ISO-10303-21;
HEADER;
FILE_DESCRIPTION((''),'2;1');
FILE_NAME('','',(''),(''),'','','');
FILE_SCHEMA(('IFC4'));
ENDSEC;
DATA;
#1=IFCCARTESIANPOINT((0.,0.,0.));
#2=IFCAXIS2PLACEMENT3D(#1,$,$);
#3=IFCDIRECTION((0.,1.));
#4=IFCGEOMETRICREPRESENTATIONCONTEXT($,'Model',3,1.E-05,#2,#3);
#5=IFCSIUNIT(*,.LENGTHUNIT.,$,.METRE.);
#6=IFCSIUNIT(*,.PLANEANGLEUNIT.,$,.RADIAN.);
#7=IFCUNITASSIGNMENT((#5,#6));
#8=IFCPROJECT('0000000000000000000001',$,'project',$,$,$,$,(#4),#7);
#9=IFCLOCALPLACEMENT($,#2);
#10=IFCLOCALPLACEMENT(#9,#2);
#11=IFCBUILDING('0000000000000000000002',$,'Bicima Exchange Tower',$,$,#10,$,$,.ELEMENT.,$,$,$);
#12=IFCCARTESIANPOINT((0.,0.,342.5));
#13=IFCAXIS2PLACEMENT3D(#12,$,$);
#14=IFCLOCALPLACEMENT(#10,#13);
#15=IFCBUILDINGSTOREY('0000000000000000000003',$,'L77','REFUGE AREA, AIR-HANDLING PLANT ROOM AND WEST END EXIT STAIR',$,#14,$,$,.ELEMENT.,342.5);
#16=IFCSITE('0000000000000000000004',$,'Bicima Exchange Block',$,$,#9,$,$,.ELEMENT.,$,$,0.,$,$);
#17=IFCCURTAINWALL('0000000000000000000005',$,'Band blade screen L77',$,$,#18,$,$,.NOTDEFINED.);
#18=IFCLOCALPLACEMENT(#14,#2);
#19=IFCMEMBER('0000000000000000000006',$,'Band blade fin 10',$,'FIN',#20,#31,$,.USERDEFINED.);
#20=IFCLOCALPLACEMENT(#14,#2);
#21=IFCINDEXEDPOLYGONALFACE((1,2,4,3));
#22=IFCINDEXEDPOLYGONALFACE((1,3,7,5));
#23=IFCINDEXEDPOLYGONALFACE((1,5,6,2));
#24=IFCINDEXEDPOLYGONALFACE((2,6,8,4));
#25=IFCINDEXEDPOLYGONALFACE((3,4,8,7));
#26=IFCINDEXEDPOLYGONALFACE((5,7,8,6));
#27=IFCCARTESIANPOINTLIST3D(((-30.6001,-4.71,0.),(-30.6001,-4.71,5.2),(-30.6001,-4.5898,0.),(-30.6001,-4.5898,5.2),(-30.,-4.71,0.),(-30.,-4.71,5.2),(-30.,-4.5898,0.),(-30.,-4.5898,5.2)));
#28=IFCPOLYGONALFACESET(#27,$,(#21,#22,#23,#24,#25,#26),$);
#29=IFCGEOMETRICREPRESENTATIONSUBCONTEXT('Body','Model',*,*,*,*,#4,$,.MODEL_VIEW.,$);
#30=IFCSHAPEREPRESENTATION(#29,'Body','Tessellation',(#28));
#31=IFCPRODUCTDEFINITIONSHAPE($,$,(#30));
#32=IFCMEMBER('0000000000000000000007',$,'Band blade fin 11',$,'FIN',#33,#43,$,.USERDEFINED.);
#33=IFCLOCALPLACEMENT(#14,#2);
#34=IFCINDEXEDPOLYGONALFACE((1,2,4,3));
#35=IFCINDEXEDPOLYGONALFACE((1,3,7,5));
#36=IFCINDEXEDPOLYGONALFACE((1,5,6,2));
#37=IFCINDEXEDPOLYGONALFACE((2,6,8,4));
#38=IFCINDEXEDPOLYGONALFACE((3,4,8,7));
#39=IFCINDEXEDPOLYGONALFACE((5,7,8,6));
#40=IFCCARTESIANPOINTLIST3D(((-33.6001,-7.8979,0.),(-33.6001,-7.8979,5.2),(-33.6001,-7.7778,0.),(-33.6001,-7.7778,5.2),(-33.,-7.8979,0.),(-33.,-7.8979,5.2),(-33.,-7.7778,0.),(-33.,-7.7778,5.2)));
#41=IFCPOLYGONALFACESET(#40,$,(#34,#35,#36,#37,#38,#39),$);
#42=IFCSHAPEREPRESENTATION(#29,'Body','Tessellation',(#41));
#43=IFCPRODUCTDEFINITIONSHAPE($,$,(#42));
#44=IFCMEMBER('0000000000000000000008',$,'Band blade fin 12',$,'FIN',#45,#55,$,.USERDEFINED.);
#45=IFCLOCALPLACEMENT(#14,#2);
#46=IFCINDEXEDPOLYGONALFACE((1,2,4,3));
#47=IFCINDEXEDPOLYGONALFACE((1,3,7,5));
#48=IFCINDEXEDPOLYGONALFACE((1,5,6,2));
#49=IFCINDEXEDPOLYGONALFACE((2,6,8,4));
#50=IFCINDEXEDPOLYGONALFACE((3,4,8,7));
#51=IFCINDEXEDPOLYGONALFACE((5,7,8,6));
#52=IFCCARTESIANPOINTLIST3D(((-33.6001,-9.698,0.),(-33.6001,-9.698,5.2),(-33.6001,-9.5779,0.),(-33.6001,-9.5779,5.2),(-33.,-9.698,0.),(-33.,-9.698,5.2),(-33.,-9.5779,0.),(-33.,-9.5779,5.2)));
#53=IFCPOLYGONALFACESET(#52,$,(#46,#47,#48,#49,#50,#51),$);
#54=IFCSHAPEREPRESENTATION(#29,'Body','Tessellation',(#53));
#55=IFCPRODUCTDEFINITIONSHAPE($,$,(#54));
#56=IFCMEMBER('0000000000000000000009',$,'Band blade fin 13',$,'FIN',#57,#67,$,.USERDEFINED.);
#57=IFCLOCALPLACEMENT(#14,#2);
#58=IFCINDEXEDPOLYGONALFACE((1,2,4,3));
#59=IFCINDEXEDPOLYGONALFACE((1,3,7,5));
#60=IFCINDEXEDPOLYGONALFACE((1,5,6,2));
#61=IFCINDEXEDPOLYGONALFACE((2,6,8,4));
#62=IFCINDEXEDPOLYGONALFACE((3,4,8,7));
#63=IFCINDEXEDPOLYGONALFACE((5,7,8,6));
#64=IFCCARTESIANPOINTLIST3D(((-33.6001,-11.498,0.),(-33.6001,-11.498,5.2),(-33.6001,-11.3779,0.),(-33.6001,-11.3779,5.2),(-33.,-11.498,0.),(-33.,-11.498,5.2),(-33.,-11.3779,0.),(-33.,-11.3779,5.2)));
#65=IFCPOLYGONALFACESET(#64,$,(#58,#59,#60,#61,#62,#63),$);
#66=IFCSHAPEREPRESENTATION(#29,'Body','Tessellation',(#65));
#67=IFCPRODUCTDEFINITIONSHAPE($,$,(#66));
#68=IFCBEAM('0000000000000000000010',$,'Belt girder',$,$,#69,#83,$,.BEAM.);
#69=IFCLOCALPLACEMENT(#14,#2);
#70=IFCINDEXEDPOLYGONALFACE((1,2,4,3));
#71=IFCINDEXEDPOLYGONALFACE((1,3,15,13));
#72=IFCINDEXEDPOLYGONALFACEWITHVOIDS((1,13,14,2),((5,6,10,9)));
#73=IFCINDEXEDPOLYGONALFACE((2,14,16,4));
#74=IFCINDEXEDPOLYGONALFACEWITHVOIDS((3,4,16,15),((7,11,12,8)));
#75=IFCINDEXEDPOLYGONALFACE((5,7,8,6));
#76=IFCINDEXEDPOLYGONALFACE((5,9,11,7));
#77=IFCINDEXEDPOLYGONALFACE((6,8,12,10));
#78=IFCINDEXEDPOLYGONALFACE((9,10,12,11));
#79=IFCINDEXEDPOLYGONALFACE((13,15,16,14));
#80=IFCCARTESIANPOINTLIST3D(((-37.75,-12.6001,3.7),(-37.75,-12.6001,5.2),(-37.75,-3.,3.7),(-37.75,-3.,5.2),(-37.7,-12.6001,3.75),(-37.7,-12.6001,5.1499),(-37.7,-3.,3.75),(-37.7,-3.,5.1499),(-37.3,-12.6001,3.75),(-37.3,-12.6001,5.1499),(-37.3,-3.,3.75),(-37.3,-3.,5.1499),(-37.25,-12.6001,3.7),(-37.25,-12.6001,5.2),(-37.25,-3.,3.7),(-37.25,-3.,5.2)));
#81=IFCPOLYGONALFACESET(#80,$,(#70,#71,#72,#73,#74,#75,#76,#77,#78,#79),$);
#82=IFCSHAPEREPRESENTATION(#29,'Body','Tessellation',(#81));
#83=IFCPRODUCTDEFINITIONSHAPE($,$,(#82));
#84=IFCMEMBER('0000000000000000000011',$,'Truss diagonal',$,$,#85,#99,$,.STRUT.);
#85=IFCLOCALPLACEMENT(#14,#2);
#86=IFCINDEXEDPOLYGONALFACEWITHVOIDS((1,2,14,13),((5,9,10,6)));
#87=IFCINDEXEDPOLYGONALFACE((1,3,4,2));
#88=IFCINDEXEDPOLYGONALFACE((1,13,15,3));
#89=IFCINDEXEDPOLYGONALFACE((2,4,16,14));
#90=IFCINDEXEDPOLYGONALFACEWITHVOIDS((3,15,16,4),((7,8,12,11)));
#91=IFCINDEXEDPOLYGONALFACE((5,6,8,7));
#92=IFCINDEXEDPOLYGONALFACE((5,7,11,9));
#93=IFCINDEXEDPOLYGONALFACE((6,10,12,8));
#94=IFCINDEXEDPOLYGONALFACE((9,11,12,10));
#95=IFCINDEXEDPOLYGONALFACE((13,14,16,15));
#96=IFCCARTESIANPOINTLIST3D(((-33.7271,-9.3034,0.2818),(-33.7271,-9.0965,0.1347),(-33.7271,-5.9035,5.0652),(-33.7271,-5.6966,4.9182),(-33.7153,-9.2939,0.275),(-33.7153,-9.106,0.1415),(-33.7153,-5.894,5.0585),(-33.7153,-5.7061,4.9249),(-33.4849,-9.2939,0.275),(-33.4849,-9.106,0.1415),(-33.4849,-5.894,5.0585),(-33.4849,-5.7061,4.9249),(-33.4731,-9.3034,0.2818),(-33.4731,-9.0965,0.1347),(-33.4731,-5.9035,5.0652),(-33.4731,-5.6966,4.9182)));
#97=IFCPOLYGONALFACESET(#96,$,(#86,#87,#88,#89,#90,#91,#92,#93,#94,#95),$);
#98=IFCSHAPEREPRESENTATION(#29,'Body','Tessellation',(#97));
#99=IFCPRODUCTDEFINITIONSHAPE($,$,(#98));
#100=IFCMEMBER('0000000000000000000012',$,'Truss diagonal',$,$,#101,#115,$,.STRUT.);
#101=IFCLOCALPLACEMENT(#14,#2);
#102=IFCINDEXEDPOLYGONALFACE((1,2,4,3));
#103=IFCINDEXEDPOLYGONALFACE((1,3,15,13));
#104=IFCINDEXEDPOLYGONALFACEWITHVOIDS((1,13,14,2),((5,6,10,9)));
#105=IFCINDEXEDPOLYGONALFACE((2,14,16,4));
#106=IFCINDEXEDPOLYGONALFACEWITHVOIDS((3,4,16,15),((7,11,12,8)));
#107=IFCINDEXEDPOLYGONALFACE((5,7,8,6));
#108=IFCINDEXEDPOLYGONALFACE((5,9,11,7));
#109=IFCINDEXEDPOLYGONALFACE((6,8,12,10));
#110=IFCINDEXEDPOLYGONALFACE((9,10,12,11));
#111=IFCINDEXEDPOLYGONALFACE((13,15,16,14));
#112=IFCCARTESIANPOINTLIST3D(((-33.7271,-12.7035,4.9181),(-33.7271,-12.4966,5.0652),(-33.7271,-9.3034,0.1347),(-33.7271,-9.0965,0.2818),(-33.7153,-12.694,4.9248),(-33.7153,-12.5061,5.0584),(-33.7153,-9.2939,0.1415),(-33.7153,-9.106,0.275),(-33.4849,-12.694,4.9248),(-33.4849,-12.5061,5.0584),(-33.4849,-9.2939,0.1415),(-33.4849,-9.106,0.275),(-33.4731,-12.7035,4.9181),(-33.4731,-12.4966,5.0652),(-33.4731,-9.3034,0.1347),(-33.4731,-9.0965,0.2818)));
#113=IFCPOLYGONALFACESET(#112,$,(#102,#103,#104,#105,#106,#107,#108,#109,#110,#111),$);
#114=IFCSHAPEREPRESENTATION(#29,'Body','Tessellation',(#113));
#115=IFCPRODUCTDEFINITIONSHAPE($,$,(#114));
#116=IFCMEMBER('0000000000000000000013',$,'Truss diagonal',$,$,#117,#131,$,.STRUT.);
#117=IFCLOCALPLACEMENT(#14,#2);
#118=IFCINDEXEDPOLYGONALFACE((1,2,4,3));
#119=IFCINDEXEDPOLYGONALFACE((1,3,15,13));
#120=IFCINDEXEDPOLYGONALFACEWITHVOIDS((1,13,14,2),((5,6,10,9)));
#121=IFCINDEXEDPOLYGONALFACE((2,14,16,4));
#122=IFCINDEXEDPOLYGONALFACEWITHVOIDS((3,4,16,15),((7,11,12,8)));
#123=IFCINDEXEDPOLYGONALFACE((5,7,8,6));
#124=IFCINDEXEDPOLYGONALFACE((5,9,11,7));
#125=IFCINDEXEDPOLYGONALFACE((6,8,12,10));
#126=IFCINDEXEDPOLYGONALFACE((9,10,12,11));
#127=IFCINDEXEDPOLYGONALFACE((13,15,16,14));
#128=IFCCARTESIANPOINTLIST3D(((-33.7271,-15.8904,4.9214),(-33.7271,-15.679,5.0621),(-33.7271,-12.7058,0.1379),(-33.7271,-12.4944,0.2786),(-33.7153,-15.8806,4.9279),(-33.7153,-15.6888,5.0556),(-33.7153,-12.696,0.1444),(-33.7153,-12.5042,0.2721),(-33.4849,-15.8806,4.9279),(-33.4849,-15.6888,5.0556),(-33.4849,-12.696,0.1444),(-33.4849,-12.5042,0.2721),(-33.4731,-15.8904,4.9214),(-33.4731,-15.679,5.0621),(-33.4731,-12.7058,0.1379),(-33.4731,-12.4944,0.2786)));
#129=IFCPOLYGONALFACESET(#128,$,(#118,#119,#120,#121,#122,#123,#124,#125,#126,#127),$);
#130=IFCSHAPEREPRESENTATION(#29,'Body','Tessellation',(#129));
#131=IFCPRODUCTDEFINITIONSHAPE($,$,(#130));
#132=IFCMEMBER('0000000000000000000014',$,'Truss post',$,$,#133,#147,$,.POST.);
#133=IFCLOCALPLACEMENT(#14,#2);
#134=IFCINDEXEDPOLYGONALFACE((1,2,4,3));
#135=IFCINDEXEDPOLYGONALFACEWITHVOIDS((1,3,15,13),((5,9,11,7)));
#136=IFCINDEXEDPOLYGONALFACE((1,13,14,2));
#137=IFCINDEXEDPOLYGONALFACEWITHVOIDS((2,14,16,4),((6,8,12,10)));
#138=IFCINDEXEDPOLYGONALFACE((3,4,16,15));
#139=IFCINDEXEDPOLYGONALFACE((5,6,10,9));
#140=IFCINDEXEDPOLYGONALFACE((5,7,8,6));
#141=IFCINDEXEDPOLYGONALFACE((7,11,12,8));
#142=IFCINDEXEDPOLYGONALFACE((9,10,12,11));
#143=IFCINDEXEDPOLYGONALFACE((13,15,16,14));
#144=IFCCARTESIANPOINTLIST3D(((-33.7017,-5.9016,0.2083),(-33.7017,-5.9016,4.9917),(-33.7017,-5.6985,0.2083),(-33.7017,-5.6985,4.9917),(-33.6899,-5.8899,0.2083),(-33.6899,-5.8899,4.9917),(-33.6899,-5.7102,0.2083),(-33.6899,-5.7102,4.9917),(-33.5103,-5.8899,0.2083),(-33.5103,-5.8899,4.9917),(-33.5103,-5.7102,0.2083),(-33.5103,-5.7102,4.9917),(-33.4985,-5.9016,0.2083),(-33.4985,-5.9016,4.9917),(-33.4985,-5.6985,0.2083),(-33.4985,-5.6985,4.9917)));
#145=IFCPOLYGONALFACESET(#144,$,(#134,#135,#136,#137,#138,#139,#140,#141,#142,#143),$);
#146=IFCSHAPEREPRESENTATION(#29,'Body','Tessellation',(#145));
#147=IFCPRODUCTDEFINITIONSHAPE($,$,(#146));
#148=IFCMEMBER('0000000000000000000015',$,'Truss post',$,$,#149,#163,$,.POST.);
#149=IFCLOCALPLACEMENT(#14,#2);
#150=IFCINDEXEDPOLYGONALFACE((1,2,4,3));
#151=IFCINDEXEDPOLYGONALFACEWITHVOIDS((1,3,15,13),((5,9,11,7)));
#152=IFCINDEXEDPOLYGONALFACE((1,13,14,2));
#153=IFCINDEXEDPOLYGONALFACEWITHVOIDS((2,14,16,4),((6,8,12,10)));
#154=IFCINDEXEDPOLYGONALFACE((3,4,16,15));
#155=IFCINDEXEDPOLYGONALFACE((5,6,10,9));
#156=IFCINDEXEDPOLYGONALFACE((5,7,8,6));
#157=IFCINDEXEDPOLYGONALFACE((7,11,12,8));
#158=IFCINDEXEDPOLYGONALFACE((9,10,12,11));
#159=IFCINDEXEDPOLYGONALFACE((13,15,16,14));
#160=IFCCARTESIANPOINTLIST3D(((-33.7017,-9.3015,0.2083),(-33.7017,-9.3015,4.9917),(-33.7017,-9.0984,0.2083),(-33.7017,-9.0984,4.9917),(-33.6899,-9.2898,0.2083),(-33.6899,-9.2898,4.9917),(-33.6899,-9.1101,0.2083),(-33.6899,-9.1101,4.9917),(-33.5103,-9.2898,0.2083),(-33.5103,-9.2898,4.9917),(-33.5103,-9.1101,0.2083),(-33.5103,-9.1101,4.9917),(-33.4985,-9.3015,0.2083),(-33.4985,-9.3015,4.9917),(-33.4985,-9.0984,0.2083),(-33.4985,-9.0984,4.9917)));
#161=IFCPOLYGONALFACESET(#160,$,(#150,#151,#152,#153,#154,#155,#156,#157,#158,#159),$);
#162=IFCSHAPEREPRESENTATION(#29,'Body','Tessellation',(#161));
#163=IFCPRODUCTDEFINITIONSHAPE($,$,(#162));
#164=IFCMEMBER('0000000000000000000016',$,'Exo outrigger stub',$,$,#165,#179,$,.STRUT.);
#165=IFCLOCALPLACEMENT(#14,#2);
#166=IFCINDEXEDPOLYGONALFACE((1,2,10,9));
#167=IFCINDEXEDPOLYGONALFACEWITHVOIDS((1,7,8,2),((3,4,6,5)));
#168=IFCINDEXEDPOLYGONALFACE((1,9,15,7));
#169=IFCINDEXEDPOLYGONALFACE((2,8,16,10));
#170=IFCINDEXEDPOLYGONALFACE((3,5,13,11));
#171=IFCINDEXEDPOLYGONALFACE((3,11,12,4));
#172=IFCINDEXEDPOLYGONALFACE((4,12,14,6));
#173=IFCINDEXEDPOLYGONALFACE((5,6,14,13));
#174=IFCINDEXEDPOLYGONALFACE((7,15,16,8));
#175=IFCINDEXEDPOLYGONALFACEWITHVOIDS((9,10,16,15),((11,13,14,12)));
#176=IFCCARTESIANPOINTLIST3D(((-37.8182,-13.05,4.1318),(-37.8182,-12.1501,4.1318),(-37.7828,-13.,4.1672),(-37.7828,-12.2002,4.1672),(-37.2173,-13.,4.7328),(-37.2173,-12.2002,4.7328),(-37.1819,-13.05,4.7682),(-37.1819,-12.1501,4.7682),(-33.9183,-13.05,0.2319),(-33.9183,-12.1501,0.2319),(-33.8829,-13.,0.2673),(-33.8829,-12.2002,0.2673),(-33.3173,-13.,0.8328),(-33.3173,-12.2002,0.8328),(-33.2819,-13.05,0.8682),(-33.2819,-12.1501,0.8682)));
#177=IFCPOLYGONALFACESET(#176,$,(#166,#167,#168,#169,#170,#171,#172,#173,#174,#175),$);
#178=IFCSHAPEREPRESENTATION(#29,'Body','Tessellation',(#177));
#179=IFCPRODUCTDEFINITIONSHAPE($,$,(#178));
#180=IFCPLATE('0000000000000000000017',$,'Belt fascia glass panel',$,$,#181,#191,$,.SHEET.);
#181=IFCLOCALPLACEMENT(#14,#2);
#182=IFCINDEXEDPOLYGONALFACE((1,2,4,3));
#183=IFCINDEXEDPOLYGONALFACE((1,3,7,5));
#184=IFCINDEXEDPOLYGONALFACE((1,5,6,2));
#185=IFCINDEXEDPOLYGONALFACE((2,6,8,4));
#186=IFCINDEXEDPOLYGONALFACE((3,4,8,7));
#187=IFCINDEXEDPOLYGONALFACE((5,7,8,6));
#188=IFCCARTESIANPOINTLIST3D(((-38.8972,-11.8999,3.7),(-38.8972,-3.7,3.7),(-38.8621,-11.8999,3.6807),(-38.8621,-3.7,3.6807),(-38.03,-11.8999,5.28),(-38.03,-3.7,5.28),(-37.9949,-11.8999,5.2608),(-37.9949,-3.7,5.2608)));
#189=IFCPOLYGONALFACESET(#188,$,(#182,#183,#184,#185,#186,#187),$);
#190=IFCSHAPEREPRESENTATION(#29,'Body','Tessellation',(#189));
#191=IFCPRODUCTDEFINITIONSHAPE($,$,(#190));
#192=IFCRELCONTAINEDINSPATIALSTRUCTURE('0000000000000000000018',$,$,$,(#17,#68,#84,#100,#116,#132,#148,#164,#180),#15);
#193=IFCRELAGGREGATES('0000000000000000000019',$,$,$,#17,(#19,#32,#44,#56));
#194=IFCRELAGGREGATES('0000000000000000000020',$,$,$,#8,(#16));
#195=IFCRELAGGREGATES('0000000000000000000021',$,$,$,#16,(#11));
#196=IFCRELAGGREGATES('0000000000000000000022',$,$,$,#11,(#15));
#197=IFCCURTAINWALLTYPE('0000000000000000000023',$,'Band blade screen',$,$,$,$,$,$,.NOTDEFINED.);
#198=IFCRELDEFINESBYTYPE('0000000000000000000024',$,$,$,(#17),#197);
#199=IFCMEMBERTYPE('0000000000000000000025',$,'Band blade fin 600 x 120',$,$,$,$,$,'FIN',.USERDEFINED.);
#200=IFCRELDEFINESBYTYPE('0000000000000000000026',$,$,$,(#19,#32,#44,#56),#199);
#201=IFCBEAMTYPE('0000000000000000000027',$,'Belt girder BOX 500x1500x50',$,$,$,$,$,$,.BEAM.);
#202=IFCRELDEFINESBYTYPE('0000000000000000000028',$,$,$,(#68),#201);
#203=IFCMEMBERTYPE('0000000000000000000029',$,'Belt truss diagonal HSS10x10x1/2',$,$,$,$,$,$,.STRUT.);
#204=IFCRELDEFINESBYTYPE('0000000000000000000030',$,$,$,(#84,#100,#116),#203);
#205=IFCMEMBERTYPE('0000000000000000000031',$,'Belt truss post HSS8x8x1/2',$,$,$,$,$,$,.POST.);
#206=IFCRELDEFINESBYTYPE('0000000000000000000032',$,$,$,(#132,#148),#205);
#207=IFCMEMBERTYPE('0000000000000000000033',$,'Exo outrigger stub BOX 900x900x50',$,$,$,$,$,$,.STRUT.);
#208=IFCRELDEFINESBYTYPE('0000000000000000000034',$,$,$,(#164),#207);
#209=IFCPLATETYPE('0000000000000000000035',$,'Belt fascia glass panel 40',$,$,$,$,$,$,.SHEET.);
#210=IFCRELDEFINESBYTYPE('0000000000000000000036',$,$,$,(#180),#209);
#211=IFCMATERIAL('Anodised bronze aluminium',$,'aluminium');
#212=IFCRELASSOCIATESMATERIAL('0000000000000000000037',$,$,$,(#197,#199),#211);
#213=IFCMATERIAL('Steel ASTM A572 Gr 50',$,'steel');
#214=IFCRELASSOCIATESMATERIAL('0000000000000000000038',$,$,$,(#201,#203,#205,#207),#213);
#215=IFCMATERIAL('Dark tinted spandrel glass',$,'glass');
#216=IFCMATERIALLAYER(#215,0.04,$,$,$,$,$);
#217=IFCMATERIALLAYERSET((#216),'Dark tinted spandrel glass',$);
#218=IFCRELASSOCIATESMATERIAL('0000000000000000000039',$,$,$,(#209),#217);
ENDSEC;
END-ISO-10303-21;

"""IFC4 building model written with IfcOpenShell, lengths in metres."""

from ifc_helpers import new_model, si_unit, direction, frame, origin, origin_2d, place, context, subcontext, project, spatial, polyline, rectangle, hollow_rectangle, outline, extrude, material, layer, layer_set, material_profile, profile_set, type_object, element, aggregate, save


model = new_model("IFC4")

# Units and contexts
model_context = context("Model", 3, precision=1e-05, world=origin(), true_north=direction((0.0, 1.0)))
body_context = subcontext(model_context, "Body", "Model", "MODEL_VIEW")
ifc_project = project(units=[si_unit("LENGTHUNIT", "METRE"), si_unit("PLANEANGLEUNIT", "RADIAN")], contexts=[model_context])

# Site, building, storey
site_placement = place(None, origin())
site = spatial("IfcSite", under=ifc_project, at=site_placement, Name="Bicima Exchange Block", CompositionType="ELEMENT", RefElevation=0.0)
building_placement = place(site_placement, origin())
building = spatial("IfcBuilding", under=site, at=building_placement, Name="Bicima Exchange Tower", CompositionType="ELEMENT")
storey_placement = place(building_placement, frame((0.0, 0.0, 342.5)))
storey = spatial("IfcBuildingStorey", under=building, at=storey_placement, Name="L77", Description="REFUGE AREA, AIR-HANDLING PLANT ROOM AND WEST END EXIT STAIR", CompositionType="ELEMENT", Elevation=342.5)

# Curtain wall, members
ifc_material_1 = material(Name="Anodised bronze aluminium", Category="aluminium")
curtain_wall_type = type_object("IfcCurtainWallType", Name="Band blade screen", PredefinedType="NOTDEFINED", material=ifc_material_1)
curtain_wall_placement = place(storey_placement, origin())
curtain_wall = element("IfcCurtainWall", 1, at=curtain_wall_placement, inside=storey, type_object=curtain_wall_type, Name="Band blade screen L77", PredefinedType="NOTDEFINED")
ifc_material_profile_1 = material_profile(ifc_material_1, rectangle(XDim=0.6001, YDim=0.1201, at=origin_2d()))
ifc_profile_set_1 = profile_set([ifc_material_profile_1], Name="Anodised bronze aluminium")
member_type_1 = type_object("IfcMemberType", Name="Band blade fin 600 x 120", ElementType="FIN", PredefinedType="USERDEFINED", material=ifc_profile_set_1)
member_1_placement = place(storey_placement, frame((-30.3, -4.6499, 0.0), z_axis=(0.0, 0.0, 1.0), x_axis=(1.0, 0.0, 0.0)))
member_1 = element("IfcMember", 2, at=member_1_placement, type_object=member_type_1, Name="Band blade fin 10", ObjectType="FIN", PredefinedType="USERDEFINED", context=body_context, shape_type="SweptSolid", body=[
    extrude(rectangle(XDim=0.6001, YDim=0.1201, at=origin_2d()), origin(), (0.0, 0.0, 1.0), 5.2),
])
member_2_placement = place(storey_placement, frame((-33.3, -7.8379, 0.0), z_axis=(0.0, 0.0, 1.0), x_axis=(1.0, 0.0, 0.0)))
member_2 = element("IfcMember", 3, at=member_2_placement, type_object=member_type_1, Name="Band blade fin 11", ObjectType="FIN", PredefinedType="USERDEFINED", context=body_context, shape_type="SweptSolid", body=[
    extrude(rectangle(XDim=0.6001, YDim=0.1201, at=origin_2d()), origin(), (0.0, 0.0, 1.0), 5.2),
])
member_3_placement = place(storey_placement, frame((-33.3, -9.6379, 0.0), z_axis=(0.0, 0.0, 1.0), x_axis=(1.0, 0.0, 0.0)))
member_3 = element("IfcMember", 4, at=member_3_placement, type_object=member_type_1, Name="Band blade fin 12", ObjectType="FIN", PredefinedType="USERDEFINED", context=body_context, shape_type="SweptSolid", body=[
    extrude(rectangle(XDim=0.6001, YDim=0.1201, at=origin_2d()), origin(), (0.0, 0.0, 1.0), 5.2),
])
member_4_placement = place(storey_placement, frame((-33.3, -11.438, 0.0), z_axis=(0.0, 0.0, 1.0), x_axis=(1.0, 0.0, 0.0)))
member_4 = element("IfcMember", 5, at=member_4_placement, type_object=member_type_1, Name="Band blade fin 13", ObjectType="FIN", PredefinedType="USERDEFINED", context=body_context, shape_type="SweptSolid", body=[
    extrude(rectangle(XDim=0.6001, YDim=0.1201, at=origin_2d()), origin(), (0.0, 0.0, 1.0), 5.2),
])
aggregate(curtain_wall, [member_1, member_2, member_3, member_4])

# Beam
ifc_material_2 = material(Name="Steel ASTM A572 Gr 50", Category="steel")
ifc_material_profile_2 = material_profile(ifc_material_2, hollow_rectangle(XDim=0.5, YDim=1.5, WallThickness=0.05, at=origin_2d()))
ifc_profile_set_2 = profile_set([ifc_material_profile_2], Name="Steel ASTM A572 Gr 50")
beam_type = type_object("IfcBeamType", Name="Belt girder BOX 500x1500x50", PredefinedType="BEAM", material=ifc_profile_set_2)
beam_placement = place(storey_placement, frame((-37.5, -3.0, 4.45), z_axis=(0.0, -1.0, 0.0), x_axis=(1.0, 0.0, 0.0)))
element("IfcBeam", 6, at=beam_placement, inside=storey, type_object=beam_type, Name="Belt girder", PredefinedType="BEAM", context=body_context, shape_type="SweptSolid", body=[
    extrude(hollow_rectangle(XDim=0.5, YDim=1.5, WallThickness=0.05, at=origin_2d()), origin(), (0.0, 0.0, 1.0), 9.6001),
])

# Members
ifc_material_profile_3 = material_profile(ifc_material_2, hollow_rectangle(XDim=0.2539, YDim=0.2539, WallThickness=0.0117, at=origin_2d()))
ifc_profile_set_3 = profile_set([ifc_material_profile_3], Name="Steel ASTM A572 Gr 50")
member_type_2 = type_object("IfcMemberType", Name="Belt truss diagonal HSS10x10x1/2", PredefinedType="STRUT", material=ifc_profile_set_3)
for number, where, z_axis, x_axis, name in (
    (7, (-33.6001, -5.8, 4.9917), (0.0, -0.579336, -0.815089), (1.0, 0.0, 0.0), "Truss diagonal"),
    (8, (-33.6001, -9.2, 0.2083), (0.0, -0.579364, 0.815069), (1.0, 0.0, 0.0), "Truss diagonal"),
):
    element("IfcMember", number, at=place(storey_placement, frame(where, z_axis=z_axis, x_axis=x_axis)), inside=storey, type_object=member_type_2, Name=name, PredefinedType="STRUT", context=body_context, shape_type="SweptSolid", body=[
        extrude(hollow_rectangle(XDim=0.2539, YDim=0.2539, WallThickness=0.0117, at=origin_2d()), origin(), (0.0, 0.0, 1.0), 5.8687),
    ])
member_5_placement = place(storey_placement, frame((-33.6001, -12.6001, 0.2083), z_axis=(0.0, -0.554171, 0.832403), x_axis=(1.0, 0.0, 0.0)))
element("IfcMember", 9, at=member_5_placement, inside=storey, type_object=member_type_2, Name="Truss diagonal", PredefinedType="STRUT", context=body_context, shape_type="SweptSolid", body=[
    extrude(hollow_rectangle(XDim=0.2539, YDim=0.2539, WallThickness=0.0117, at=origin_2d()), origin(), (0.0, 0.0, 1.0), 5.7466),
])
ifc_material_profile_4 = material_profile(ifc_material_2, hollow_rectangle(XDim=0.2031, YDim=0.2031, WallThickness=0.0117, at=origin_2d()))
ifc_profile_set_4 = profile_set([ifc_material_profile_4], Name="Steel ASTM A572 Gr 50")
member_type_3 = type_object("IfcMemberType", Name="Belt truss post HSS8x8x1/2", PredefinedType="POST", material=ifc_profile_set_4)
for number, where, z_axis, x_axis, name in (
    (10, (-33.6001, -5.8, 0.2083), (0.0, 0.0, 1.0), (1.0, 0.0, 0.0), "Truss post"),
    (11, (-33.6001, -9.2, 0.2083), (0.0, 0.0, 1.0), (1.0, 0.0, 0.0), "Truss post"),
):
    element("IfcMember", number, at=place(storey_placement, frame(where, z_axis=z_axis, x_axis=x_axis)), inside=storey, type_object=member_type_3, Name=name, PredefinedType="POST", context=body_context, shape_type="SweptSolid", body=[
        extrude(hollow_rectangle(XDim=0.2031, YDim=0.2031, WallThickness=0.0117, at=origin_2d()), origin(), (0.0, 0.0, 1.0), 4.7834),
    ])
ifc_material_profile_5 = material_profile(ifc_material_2, hollow_rectangle(XDim=0.8999, YDim=0.8999, WallThickness=0.05, at=origin_2d()))
ifc_profile_set_5 = profile_set([ifc_material_profile_5], Name="Steel ASTM A572 Gr 50")
member_type_4 = type_object("IfcMemberType", Name="Exo outrigger stub BOX 900x900x50", PredefinedType="STRUT", material=ifc_profile_set_5)
member_6_placement = place(storey_placement, frame((-33.6001, -12.6001, 0.55), z_axis=(-0.707107, 0.0, 0.707107), x_axis=(0.0, -1.0, 0.0)))
element("IfcMember", 12, at=member_6_placement, inside=storey, type_object=member_type_4, Name="Exo outrigger stub", PredefinedType="STRUT", context=body_context, shape_type="SweptSolid", body=[
    extrude(hollow_rectangle(XDim=0.8999, YDim=0.8999, WallThickness=0.05, at=origin_2d()), origin(), (0.0, 0.0, 1.0), 5.5154),
])

# Plate
ifc_material_3 = material(Name="Dark tinted spandrel glass", Category="glass")
ifc_layer_1 = layer(ifc_material_3, 0.04)
ifc_layer_set_1 = layer_set([ifc_layer_1], Name="Dark tinted spandrel glass")
plate_type = type_object("IfcPlateType", Name="Belt fascia glass panel 40", PredefinedType="SHEET", material=ifc_layer_set_1)
plate_placement = place(storey_placement, frame((-38.8972, -3.7, 3.7), z_axis=(-0.87665, 0.0, 0.481128), x_axis=(0.0, -1.0, 0.0)))
element("IfcPlate", 13, at=plate_placement, inside=storey, type_object=plate_type, Name="Belt fascia glass panel", PredefinedType="SHEET", context=body_context, shape_type="SweptSolid", body=[
    extrude(outline(polyline([(0.0, 0.0), (8.2, 0.0), (8.2, 1.8024), (0.0, 1.8024), (0.0, 0.0)])), origin(), (0.0, 0.0, -1.0), 0.04),
])

save(model, "model.ifc")
